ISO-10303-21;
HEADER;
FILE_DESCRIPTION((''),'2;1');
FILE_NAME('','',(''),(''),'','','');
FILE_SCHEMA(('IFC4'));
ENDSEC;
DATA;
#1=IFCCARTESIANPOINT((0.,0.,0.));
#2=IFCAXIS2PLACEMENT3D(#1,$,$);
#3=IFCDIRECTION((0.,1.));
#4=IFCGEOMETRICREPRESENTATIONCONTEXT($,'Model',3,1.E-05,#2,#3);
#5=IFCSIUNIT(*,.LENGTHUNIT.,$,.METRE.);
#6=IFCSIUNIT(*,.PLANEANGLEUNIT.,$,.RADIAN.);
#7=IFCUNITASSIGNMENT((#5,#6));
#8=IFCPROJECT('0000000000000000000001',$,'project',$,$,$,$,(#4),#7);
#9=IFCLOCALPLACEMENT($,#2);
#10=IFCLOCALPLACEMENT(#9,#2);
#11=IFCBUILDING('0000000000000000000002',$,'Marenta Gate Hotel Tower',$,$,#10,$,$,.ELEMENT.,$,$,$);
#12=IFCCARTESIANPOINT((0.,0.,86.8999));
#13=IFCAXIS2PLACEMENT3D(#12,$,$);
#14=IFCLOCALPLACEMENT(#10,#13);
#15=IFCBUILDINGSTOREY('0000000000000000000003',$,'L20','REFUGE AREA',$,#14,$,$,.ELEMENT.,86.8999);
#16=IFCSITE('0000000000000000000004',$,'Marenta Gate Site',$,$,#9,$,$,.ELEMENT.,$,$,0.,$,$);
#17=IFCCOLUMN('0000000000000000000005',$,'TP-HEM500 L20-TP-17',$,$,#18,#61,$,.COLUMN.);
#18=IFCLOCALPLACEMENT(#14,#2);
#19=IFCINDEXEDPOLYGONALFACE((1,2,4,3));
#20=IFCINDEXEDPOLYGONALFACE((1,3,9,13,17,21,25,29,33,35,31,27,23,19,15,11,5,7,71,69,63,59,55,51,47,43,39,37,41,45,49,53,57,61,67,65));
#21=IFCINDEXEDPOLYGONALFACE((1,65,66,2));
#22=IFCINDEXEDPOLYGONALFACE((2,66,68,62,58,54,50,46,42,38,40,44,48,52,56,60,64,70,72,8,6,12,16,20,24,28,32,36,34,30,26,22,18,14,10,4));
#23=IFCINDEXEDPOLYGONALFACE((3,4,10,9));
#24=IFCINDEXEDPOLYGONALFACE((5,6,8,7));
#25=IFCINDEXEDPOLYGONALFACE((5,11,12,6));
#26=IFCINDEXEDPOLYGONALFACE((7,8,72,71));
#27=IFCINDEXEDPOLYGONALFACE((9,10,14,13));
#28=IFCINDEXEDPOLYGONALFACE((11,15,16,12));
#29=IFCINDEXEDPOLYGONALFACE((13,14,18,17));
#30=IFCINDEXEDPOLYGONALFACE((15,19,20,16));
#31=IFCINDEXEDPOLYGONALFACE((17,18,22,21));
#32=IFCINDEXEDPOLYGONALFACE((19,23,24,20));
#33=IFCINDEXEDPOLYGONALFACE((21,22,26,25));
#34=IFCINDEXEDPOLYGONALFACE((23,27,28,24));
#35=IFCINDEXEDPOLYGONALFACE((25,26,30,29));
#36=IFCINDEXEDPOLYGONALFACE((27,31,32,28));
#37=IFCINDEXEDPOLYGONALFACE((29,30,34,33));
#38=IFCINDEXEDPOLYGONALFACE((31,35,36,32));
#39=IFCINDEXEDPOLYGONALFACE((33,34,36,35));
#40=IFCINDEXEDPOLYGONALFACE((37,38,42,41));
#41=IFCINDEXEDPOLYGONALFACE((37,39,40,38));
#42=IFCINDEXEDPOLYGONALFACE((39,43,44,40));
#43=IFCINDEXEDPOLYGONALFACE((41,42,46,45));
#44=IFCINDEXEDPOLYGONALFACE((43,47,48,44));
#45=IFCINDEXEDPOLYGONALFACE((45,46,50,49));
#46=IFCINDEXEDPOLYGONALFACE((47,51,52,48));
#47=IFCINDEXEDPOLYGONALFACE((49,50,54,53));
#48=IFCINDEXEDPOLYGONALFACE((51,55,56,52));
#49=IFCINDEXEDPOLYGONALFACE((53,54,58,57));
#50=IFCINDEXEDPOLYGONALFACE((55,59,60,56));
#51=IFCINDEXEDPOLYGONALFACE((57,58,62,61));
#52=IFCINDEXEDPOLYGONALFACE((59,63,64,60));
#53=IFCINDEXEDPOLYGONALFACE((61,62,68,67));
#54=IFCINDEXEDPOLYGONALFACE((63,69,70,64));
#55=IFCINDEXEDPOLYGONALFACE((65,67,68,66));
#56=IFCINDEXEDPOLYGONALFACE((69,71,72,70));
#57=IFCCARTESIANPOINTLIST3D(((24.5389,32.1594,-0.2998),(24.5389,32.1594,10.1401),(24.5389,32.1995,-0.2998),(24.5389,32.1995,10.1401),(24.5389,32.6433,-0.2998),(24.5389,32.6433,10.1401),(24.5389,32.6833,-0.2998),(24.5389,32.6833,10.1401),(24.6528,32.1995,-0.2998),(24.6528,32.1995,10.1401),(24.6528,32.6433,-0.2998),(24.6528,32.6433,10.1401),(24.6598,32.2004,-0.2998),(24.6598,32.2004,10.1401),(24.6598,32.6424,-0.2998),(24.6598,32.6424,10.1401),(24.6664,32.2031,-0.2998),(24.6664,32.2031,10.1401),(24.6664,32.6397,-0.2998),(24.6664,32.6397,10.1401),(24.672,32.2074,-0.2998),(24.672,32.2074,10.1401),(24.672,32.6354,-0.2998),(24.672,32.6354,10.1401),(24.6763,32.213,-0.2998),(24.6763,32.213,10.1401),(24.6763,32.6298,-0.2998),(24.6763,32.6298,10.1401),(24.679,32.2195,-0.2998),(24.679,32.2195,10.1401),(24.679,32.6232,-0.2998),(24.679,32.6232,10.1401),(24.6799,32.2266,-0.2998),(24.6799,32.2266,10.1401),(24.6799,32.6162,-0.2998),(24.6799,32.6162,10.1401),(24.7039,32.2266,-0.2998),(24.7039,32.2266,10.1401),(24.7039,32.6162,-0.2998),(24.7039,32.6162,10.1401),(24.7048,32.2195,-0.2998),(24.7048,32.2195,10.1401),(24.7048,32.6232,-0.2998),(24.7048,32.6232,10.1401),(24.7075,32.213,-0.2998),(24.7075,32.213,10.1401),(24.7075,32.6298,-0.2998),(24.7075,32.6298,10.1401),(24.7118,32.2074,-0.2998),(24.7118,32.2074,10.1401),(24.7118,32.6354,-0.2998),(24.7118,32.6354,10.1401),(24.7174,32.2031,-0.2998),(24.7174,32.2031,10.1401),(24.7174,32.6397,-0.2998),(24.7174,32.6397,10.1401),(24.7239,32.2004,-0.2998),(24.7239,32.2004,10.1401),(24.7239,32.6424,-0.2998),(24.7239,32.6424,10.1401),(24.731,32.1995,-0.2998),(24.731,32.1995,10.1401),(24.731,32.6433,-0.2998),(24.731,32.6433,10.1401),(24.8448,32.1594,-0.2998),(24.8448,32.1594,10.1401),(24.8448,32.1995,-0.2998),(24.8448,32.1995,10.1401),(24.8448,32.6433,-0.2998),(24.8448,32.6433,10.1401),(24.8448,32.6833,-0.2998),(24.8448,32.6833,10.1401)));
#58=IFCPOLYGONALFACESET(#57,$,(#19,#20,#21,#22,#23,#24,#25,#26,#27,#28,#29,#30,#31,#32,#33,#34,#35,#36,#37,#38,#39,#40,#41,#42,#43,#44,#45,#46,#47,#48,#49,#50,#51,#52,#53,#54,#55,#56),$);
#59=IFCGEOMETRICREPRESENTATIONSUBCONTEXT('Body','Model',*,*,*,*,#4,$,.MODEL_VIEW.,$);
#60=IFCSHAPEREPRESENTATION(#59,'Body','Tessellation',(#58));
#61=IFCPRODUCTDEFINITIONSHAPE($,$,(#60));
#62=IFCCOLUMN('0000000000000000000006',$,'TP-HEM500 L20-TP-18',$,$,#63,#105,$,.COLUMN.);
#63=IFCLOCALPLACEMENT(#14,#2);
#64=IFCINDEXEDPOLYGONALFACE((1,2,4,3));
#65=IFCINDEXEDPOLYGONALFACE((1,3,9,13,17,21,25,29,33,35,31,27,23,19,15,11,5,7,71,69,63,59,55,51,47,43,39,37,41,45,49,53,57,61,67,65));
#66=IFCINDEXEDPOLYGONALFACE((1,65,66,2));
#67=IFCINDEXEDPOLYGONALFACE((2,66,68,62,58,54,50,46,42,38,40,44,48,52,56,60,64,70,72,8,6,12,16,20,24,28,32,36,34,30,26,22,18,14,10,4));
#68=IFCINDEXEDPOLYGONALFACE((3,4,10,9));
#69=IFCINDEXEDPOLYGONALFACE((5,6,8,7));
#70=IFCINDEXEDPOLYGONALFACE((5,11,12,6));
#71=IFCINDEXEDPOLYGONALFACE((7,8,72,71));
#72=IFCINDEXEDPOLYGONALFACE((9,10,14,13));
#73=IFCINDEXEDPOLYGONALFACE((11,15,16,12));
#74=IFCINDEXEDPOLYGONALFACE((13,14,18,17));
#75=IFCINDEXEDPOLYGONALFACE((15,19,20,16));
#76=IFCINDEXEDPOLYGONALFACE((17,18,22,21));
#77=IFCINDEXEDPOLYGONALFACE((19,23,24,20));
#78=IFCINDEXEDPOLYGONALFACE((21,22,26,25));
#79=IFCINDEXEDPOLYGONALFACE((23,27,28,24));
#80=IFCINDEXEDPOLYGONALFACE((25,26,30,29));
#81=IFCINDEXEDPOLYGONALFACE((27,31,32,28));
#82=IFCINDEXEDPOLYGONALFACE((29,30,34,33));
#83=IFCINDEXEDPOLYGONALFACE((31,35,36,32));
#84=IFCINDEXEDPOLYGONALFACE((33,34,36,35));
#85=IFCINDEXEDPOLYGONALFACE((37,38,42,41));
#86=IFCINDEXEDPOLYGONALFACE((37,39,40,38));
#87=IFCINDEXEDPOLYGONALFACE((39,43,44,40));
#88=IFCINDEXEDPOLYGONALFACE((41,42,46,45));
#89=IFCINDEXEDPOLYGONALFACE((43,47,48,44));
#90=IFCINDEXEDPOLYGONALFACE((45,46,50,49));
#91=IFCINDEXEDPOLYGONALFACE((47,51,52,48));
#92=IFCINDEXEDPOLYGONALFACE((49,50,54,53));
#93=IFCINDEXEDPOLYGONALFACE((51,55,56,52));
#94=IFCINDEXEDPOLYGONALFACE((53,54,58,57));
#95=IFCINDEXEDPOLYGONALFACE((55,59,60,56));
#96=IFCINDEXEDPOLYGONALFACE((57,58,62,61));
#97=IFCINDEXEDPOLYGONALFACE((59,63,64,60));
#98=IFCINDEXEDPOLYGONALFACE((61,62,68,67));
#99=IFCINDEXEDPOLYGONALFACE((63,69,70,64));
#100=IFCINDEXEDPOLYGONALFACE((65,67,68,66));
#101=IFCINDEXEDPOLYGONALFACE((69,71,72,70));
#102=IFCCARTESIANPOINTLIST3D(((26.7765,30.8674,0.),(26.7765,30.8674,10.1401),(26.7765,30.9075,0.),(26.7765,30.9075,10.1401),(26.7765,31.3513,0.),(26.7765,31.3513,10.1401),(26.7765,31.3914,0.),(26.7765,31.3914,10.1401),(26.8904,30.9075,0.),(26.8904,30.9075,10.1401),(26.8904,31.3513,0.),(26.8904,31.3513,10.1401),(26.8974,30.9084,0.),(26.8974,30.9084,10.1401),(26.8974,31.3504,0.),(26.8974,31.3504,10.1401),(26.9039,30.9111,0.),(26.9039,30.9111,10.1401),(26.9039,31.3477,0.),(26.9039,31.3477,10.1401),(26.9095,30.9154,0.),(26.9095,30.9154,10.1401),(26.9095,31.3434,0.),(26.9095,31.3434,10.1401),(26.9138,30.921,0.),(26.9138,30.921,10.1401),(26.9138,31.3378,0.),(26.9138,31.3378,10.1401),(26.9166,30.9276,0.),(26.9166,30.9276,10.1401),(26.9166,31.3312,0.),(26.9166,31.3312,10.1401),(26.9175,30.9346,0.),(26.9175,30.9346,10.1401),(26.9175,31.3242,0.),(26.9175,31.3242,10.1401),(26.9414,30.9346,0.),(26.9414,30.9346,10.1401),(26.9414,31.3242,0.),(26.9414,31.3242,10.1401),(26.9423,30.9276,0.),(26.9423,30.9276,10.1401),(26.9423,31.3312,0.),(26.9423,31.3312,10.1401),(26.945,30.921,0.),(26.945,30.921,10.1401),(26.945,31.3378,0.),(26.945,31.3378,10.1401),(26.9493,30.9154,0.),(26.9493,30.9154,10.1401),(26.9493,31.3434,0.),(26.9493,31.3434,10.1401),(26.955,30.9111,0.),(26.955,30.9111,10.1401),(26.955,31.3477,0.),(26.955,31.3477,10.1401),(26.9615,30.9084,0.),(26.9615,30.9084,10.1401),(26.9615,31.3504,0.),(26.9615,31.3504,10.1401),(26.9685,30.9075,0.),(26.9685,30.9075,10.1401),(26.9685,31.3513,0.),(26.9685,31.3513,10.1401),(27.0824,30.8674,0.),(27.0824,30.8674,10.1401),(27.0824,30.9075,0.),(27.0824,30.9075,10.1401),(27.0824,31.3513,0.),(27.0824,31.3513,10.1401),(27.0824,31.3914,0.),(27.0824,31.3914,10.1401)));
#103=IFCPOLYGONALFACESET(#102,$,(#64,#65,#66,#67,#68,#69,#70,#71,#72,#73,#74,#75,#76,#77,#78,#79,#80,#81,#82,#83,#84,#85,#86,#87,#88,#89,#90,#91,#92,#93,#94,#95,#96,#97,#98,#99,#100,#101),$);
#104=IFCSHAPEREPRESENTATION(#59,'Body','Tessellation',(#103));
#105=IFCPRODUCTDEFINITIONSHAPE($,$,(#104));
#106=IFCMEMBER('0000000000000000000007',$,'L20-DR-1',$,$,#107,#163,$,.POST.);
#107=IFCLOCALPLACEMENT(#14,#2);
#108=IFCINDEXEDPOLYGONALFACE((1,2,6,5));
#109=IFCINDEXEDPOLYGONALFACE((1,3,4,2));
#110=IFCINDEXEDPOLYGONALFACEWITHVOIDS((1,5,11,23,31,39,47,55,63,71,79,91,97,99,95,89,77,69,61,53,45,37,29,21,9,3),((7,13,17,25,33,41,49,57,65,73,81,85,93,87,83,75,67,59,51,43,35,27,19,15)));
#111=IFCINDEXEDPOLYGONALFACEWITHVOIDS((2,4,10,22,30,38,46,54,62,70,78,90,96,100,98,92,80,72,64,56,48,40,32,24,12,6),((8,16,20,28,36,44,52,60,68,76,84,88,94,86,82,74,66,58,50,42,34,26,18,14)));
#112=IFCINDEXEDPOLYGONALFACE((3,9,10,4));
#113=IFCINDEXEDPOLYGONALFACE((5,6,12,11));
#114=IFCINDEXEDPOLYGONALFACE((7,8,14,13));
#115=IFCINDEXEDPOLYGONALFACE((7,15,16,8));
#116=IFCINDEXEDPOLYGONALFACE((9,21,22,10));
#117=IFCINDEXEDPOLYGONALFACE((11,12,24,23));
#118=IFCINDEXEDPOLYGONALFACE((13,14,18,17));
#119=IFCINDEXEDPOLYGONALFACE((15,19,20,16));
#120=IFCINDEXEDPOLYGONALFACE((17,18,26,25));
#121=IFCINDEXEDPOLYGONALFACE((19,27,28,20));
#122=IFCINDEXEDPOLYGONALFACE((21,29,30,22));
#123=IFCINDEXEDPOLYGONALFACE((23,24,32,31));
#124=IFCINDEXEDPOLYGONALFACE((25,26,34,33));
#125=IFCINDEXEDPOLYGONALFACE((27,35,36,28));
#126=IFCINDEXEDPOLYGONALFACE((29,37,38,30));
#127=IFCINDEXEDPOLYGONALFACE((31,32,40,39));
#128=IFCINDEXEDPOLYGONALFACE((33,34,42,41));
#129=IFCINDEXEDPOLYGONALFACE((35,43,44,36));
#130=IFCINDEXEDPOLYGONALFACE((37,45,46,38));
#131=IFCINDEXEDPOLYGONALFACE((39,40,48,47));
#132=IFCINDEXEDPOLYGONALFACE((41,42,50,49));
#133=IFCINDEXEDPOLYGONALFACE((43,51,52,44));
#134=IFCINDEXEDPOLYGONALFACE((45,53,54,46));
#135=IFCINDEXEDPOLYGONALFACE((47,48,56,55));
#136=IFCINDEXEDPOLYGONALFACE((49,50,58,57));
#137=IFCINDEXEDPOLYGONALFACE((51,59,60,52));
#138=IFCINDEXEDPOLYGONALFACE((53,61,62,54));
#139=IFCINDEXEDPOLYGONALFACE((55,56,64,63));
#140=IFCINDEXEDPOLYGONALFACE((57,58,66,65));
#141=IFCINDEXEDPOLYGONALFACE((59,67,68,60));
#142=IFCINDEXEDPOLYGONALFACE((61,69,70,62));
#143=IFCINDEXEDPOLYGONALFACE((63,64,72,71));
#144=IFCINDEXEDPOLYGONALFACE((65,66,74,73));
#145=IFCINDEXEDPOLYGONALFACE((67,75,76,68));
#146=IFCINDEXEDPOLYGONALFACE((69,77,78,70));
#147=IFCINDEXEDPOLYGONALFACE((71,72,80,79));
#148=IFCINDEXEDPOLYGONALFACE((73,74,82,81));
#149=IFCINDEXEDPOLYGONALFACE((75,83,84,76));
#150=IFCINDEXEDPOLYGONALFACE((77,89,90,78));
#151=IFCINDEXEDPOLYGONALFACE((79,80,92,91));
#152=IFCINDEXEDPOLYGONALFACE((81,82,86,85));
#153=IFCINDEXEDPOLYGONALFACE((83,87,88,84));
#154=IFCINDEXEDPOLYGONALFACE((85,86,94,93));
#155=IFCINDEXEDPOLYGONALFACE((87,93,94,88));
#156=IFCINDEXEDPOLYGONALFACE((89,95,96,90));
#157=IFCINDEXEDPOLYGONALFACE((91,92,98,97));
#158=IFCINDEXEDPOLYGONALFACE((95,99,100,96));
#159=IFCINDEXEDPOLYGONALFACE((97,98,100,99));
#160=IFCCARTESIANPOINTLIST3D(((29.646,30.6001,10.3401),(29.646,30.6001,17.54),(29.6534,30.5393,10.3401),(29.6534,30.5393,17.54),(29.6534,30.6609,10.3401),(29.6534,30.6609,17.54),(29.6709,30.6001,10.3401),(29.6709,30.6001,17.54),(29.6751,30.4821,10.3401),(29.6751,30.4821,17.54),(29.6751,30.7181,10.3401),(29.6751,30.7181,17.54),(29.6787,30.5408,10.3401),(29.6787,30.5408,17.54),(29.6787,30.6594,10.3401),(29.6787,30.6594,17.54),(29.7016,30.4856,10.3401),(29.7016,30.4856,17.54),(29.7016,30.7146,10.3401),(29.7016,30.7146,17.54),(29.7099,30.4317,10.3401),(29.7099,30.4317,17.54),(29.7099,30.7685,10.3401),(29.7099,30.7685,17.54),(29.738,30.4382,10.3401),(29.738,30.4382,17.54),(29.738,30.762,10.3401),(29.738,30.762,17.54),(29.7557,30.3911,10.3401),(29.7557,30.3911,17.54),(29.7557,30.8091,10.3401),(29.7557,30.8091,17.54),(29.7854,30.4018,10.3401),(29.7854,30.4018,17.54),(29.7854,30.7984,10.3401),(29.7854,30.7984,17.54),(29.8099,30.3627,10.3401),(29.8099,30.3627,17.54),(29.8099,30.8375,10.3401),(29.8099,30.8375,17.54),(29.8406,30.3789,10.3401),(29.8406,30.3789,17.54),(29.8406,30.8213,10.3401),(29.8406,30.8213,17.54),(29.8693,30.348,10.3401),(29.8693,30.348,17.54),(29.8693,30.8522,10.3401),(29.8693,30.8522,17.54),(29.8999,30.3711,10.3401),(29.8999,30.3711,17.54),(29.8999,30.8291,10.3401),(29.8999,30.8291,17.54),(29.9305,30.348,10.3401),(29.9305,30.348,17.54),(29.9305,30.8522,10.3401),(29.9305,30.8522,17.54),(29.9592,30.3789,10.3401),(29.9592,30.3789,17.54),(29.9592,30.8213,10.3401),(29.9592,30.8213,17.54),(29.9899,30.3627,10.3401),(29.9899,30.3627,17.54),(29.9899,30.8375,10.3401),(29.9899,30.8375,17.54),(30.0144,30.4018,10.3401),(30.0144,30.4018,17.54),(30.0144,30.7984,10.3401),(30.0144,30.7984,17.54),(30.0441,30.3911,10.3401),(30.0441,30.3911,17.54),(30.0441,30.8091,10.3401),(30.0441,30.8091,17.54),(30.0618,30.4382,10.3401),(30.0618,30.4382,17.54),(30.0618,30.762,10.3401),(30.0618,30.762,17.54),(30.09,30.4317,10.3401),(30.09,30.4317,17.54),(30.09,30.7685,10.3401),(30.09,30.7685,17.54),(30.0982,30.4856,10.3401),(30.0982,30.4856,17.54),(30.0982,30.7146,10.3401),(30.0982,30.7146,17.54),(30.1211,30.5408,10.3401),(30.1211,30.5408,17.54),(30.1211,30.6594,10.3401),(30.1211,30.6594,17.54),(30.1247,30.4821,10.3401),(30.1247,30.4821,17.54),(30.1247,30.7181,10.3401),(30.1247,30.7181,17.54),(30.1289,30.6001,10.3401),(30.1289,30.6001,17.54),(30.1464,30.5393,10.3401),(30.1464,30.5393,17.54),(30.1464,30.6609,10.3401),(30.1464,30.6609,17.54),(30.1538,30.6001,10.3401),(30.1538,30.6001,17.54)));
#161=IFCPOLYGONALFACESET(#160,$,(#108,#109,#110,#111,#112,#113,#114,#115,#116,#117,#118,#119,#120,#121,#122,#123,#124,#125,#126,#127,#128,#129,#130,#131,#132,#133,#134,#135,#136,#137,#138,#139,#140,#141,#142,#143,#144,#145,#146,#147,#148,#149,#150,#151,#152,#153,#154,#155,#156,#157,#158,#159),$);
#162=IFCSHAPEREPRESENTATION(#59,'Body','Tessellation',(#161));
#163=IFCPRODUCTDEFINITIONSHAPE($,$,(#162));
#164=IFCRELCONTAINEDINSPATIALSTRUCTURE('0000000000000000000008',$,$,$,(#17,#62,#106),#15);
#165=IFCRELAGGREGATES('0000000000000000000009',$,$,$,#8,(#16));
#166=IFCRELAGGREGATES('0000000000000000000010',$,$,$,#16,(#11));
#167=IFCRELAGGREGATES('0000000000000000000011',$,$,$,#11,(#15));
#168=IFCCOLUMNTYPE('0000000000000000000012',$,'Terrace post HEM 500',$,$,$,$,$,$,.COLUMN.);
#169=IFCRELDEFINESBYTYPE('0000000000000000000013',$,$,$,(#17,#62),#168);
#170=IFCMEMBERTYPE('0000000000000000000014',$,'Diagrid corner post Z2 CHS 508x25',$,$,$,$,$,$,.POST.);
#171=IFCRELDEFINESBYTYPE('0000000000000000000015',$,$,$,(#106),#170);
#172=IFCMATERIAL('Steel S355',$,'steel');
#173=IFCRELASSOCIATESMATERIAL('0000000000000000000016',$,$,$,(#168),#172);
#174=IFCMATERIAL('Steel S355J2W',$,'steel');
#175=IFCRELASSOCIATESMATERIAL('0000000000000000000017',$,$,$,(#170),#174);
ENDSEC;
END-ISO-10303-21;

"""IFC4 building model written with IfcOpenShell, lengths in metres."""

from ifc_helpers import new_model, si_unit, direction, frame, origin, origin_2d, place, context, subcontext, project, spatial, hollow_circle, i_section, extrude, material, material_profile, profile_set, type_object, element, save


model = new_model("IFC4")

# Units and contexts
model_context = context("Model", 3, precision=1e-05, world=origin(), true_north=direction((0.0, 1.0)))
body_context = subcontext(model_context, "Body", "Model", "MODEL_VIEW")
ifc_project = project(units=[si_unit("LENGTHUNIT", "METRE"), si_unit("PLANEANGLEUNIT", "RADIAN")], contexts=[model_context])

# Site, building, storey
site_placement = place(None, origin())
site = spatial("IfcSite", under=ifc_project, at=site_placement, Name="Marenta Gate Site", CompositionType="ELEMENT", RefElevation=0.0)
building_placement = place(site_placement, origin())
building = spatial("IfcBuilding", under=site, at=building_placement, Name="Marenta Gate Hotel Tower", CompositionType="ELEMENT")
storey_placement = place(building_placement, frame((0.0, 0.0, 86.8999)))
storey = spatial("IfcBuildingStorey", under=building, at=storey_placement, Name="L20", Description="REFUGE AREA", CompositionType="ELEMENT", Elevation=86.8999)

# Columns
ifc_material_1 = material(Name="Steel S355", Category="steel")
ifc_material_profile_1 = material_profile(ifc_material_1, i_section(OverallWidth=0.3059, OverallDepth=0.5239, WebThickness=0.0239, FlangeThickness=0.04, FilletRadius=0.0271, at=origin_2d()), Name="HEM 500")
ifc_profile_set_1 = profile_set([ifc_material_profile_1], Name="Steel S355")
column_type = type_object("IfcColumnType", Name="Terrace post HEM 500", PredefinedType="COLUMN", material=ifc_profile_set_1)
column_1_placement = place(storey_placement, frame((24.6919, 32.4214, -0.2998), z_axis=(0.0, 0.0, 1.0), x_axis=(1.0, 0.0, 0.0)))
element("IfcColumn", 1, at=column_1_placement, inside=storey, type_object=column_type, Name="TP-HEM500 L20-TP-17", PredefinedType="COLUMN", context=body_context, shape_type="SweptSolid", body=[
    extrude(i_section(OverallWidth=0.3059, OverallDepth=0.5239, WebThickness=0.0239, FlangeThickness=0.04, FilletRadius=0.0271, at=origin_2d()), origin(), (0.0, 0.0, 1.0), 10.4399),
])
column_2_placement = place(storey_placement, frame((26.9294, 31.1294, 0.0), z_axis=(0.0, 0.0, 1.0), x_axis=(1.0, 0.0, 0.0)))
element("IfcColumn", 2, at=column_2_placement, inside=storey, type_object=column_type, Name="TP-HEM500 L20-TP-18", PredefinedType="COLUMN", context=body_context, shape_type="SweptSolid", body=[
    extrude(i_section(OverallWidth=0.3059, OverallDepth=0.5239, WebThickness=0.0239, FlangeThickness=0.04, FilletRadius=0.0271, at=origin_2d()), origin(), (0.0, 0.0, 1.0), 10.1401),
])

# Member
ifc_material_2 = material(Name="Steel S355J2W", Category="steel")
ifc_material_profile_2 = material_profile(ifc_material_2, hollow_circle(Radius=0.2539, WallThickness=0.0249, at=origin_2d()), Name="CHS 508x25")
ifc_profile_set_2 = profile_set([ifc_material_profile_2], Name="Steel S355J2W")
member_type_1 = type_object("IfcMemberType", Name="Diagrid corner post Z2 CHS 508x25", PredefinedType="POST", material=ifc_profile_set_2)
member_1_placement = place(storey_placement, frame((29.8999, 30.6001, 10.3401), z_axis=(0.0, 0.0, 1.0), x_axis=(1.0, 0.0, 0.0)))
element("IfcMember", 3, at=member_1_placement, inside=storey, type_object=member_type_1, Name="L20-DR-1", PredefinedType="POST", context=body_context, shape_type="SweptSolid", body=[
    extrude(hollow_circle(Radius=0.2539, WallThickness=0.0249, at=origin_2d()), origin(), (0.0, 0.0, 1.0), 7.2),
])

save(model, "model.ifc")
